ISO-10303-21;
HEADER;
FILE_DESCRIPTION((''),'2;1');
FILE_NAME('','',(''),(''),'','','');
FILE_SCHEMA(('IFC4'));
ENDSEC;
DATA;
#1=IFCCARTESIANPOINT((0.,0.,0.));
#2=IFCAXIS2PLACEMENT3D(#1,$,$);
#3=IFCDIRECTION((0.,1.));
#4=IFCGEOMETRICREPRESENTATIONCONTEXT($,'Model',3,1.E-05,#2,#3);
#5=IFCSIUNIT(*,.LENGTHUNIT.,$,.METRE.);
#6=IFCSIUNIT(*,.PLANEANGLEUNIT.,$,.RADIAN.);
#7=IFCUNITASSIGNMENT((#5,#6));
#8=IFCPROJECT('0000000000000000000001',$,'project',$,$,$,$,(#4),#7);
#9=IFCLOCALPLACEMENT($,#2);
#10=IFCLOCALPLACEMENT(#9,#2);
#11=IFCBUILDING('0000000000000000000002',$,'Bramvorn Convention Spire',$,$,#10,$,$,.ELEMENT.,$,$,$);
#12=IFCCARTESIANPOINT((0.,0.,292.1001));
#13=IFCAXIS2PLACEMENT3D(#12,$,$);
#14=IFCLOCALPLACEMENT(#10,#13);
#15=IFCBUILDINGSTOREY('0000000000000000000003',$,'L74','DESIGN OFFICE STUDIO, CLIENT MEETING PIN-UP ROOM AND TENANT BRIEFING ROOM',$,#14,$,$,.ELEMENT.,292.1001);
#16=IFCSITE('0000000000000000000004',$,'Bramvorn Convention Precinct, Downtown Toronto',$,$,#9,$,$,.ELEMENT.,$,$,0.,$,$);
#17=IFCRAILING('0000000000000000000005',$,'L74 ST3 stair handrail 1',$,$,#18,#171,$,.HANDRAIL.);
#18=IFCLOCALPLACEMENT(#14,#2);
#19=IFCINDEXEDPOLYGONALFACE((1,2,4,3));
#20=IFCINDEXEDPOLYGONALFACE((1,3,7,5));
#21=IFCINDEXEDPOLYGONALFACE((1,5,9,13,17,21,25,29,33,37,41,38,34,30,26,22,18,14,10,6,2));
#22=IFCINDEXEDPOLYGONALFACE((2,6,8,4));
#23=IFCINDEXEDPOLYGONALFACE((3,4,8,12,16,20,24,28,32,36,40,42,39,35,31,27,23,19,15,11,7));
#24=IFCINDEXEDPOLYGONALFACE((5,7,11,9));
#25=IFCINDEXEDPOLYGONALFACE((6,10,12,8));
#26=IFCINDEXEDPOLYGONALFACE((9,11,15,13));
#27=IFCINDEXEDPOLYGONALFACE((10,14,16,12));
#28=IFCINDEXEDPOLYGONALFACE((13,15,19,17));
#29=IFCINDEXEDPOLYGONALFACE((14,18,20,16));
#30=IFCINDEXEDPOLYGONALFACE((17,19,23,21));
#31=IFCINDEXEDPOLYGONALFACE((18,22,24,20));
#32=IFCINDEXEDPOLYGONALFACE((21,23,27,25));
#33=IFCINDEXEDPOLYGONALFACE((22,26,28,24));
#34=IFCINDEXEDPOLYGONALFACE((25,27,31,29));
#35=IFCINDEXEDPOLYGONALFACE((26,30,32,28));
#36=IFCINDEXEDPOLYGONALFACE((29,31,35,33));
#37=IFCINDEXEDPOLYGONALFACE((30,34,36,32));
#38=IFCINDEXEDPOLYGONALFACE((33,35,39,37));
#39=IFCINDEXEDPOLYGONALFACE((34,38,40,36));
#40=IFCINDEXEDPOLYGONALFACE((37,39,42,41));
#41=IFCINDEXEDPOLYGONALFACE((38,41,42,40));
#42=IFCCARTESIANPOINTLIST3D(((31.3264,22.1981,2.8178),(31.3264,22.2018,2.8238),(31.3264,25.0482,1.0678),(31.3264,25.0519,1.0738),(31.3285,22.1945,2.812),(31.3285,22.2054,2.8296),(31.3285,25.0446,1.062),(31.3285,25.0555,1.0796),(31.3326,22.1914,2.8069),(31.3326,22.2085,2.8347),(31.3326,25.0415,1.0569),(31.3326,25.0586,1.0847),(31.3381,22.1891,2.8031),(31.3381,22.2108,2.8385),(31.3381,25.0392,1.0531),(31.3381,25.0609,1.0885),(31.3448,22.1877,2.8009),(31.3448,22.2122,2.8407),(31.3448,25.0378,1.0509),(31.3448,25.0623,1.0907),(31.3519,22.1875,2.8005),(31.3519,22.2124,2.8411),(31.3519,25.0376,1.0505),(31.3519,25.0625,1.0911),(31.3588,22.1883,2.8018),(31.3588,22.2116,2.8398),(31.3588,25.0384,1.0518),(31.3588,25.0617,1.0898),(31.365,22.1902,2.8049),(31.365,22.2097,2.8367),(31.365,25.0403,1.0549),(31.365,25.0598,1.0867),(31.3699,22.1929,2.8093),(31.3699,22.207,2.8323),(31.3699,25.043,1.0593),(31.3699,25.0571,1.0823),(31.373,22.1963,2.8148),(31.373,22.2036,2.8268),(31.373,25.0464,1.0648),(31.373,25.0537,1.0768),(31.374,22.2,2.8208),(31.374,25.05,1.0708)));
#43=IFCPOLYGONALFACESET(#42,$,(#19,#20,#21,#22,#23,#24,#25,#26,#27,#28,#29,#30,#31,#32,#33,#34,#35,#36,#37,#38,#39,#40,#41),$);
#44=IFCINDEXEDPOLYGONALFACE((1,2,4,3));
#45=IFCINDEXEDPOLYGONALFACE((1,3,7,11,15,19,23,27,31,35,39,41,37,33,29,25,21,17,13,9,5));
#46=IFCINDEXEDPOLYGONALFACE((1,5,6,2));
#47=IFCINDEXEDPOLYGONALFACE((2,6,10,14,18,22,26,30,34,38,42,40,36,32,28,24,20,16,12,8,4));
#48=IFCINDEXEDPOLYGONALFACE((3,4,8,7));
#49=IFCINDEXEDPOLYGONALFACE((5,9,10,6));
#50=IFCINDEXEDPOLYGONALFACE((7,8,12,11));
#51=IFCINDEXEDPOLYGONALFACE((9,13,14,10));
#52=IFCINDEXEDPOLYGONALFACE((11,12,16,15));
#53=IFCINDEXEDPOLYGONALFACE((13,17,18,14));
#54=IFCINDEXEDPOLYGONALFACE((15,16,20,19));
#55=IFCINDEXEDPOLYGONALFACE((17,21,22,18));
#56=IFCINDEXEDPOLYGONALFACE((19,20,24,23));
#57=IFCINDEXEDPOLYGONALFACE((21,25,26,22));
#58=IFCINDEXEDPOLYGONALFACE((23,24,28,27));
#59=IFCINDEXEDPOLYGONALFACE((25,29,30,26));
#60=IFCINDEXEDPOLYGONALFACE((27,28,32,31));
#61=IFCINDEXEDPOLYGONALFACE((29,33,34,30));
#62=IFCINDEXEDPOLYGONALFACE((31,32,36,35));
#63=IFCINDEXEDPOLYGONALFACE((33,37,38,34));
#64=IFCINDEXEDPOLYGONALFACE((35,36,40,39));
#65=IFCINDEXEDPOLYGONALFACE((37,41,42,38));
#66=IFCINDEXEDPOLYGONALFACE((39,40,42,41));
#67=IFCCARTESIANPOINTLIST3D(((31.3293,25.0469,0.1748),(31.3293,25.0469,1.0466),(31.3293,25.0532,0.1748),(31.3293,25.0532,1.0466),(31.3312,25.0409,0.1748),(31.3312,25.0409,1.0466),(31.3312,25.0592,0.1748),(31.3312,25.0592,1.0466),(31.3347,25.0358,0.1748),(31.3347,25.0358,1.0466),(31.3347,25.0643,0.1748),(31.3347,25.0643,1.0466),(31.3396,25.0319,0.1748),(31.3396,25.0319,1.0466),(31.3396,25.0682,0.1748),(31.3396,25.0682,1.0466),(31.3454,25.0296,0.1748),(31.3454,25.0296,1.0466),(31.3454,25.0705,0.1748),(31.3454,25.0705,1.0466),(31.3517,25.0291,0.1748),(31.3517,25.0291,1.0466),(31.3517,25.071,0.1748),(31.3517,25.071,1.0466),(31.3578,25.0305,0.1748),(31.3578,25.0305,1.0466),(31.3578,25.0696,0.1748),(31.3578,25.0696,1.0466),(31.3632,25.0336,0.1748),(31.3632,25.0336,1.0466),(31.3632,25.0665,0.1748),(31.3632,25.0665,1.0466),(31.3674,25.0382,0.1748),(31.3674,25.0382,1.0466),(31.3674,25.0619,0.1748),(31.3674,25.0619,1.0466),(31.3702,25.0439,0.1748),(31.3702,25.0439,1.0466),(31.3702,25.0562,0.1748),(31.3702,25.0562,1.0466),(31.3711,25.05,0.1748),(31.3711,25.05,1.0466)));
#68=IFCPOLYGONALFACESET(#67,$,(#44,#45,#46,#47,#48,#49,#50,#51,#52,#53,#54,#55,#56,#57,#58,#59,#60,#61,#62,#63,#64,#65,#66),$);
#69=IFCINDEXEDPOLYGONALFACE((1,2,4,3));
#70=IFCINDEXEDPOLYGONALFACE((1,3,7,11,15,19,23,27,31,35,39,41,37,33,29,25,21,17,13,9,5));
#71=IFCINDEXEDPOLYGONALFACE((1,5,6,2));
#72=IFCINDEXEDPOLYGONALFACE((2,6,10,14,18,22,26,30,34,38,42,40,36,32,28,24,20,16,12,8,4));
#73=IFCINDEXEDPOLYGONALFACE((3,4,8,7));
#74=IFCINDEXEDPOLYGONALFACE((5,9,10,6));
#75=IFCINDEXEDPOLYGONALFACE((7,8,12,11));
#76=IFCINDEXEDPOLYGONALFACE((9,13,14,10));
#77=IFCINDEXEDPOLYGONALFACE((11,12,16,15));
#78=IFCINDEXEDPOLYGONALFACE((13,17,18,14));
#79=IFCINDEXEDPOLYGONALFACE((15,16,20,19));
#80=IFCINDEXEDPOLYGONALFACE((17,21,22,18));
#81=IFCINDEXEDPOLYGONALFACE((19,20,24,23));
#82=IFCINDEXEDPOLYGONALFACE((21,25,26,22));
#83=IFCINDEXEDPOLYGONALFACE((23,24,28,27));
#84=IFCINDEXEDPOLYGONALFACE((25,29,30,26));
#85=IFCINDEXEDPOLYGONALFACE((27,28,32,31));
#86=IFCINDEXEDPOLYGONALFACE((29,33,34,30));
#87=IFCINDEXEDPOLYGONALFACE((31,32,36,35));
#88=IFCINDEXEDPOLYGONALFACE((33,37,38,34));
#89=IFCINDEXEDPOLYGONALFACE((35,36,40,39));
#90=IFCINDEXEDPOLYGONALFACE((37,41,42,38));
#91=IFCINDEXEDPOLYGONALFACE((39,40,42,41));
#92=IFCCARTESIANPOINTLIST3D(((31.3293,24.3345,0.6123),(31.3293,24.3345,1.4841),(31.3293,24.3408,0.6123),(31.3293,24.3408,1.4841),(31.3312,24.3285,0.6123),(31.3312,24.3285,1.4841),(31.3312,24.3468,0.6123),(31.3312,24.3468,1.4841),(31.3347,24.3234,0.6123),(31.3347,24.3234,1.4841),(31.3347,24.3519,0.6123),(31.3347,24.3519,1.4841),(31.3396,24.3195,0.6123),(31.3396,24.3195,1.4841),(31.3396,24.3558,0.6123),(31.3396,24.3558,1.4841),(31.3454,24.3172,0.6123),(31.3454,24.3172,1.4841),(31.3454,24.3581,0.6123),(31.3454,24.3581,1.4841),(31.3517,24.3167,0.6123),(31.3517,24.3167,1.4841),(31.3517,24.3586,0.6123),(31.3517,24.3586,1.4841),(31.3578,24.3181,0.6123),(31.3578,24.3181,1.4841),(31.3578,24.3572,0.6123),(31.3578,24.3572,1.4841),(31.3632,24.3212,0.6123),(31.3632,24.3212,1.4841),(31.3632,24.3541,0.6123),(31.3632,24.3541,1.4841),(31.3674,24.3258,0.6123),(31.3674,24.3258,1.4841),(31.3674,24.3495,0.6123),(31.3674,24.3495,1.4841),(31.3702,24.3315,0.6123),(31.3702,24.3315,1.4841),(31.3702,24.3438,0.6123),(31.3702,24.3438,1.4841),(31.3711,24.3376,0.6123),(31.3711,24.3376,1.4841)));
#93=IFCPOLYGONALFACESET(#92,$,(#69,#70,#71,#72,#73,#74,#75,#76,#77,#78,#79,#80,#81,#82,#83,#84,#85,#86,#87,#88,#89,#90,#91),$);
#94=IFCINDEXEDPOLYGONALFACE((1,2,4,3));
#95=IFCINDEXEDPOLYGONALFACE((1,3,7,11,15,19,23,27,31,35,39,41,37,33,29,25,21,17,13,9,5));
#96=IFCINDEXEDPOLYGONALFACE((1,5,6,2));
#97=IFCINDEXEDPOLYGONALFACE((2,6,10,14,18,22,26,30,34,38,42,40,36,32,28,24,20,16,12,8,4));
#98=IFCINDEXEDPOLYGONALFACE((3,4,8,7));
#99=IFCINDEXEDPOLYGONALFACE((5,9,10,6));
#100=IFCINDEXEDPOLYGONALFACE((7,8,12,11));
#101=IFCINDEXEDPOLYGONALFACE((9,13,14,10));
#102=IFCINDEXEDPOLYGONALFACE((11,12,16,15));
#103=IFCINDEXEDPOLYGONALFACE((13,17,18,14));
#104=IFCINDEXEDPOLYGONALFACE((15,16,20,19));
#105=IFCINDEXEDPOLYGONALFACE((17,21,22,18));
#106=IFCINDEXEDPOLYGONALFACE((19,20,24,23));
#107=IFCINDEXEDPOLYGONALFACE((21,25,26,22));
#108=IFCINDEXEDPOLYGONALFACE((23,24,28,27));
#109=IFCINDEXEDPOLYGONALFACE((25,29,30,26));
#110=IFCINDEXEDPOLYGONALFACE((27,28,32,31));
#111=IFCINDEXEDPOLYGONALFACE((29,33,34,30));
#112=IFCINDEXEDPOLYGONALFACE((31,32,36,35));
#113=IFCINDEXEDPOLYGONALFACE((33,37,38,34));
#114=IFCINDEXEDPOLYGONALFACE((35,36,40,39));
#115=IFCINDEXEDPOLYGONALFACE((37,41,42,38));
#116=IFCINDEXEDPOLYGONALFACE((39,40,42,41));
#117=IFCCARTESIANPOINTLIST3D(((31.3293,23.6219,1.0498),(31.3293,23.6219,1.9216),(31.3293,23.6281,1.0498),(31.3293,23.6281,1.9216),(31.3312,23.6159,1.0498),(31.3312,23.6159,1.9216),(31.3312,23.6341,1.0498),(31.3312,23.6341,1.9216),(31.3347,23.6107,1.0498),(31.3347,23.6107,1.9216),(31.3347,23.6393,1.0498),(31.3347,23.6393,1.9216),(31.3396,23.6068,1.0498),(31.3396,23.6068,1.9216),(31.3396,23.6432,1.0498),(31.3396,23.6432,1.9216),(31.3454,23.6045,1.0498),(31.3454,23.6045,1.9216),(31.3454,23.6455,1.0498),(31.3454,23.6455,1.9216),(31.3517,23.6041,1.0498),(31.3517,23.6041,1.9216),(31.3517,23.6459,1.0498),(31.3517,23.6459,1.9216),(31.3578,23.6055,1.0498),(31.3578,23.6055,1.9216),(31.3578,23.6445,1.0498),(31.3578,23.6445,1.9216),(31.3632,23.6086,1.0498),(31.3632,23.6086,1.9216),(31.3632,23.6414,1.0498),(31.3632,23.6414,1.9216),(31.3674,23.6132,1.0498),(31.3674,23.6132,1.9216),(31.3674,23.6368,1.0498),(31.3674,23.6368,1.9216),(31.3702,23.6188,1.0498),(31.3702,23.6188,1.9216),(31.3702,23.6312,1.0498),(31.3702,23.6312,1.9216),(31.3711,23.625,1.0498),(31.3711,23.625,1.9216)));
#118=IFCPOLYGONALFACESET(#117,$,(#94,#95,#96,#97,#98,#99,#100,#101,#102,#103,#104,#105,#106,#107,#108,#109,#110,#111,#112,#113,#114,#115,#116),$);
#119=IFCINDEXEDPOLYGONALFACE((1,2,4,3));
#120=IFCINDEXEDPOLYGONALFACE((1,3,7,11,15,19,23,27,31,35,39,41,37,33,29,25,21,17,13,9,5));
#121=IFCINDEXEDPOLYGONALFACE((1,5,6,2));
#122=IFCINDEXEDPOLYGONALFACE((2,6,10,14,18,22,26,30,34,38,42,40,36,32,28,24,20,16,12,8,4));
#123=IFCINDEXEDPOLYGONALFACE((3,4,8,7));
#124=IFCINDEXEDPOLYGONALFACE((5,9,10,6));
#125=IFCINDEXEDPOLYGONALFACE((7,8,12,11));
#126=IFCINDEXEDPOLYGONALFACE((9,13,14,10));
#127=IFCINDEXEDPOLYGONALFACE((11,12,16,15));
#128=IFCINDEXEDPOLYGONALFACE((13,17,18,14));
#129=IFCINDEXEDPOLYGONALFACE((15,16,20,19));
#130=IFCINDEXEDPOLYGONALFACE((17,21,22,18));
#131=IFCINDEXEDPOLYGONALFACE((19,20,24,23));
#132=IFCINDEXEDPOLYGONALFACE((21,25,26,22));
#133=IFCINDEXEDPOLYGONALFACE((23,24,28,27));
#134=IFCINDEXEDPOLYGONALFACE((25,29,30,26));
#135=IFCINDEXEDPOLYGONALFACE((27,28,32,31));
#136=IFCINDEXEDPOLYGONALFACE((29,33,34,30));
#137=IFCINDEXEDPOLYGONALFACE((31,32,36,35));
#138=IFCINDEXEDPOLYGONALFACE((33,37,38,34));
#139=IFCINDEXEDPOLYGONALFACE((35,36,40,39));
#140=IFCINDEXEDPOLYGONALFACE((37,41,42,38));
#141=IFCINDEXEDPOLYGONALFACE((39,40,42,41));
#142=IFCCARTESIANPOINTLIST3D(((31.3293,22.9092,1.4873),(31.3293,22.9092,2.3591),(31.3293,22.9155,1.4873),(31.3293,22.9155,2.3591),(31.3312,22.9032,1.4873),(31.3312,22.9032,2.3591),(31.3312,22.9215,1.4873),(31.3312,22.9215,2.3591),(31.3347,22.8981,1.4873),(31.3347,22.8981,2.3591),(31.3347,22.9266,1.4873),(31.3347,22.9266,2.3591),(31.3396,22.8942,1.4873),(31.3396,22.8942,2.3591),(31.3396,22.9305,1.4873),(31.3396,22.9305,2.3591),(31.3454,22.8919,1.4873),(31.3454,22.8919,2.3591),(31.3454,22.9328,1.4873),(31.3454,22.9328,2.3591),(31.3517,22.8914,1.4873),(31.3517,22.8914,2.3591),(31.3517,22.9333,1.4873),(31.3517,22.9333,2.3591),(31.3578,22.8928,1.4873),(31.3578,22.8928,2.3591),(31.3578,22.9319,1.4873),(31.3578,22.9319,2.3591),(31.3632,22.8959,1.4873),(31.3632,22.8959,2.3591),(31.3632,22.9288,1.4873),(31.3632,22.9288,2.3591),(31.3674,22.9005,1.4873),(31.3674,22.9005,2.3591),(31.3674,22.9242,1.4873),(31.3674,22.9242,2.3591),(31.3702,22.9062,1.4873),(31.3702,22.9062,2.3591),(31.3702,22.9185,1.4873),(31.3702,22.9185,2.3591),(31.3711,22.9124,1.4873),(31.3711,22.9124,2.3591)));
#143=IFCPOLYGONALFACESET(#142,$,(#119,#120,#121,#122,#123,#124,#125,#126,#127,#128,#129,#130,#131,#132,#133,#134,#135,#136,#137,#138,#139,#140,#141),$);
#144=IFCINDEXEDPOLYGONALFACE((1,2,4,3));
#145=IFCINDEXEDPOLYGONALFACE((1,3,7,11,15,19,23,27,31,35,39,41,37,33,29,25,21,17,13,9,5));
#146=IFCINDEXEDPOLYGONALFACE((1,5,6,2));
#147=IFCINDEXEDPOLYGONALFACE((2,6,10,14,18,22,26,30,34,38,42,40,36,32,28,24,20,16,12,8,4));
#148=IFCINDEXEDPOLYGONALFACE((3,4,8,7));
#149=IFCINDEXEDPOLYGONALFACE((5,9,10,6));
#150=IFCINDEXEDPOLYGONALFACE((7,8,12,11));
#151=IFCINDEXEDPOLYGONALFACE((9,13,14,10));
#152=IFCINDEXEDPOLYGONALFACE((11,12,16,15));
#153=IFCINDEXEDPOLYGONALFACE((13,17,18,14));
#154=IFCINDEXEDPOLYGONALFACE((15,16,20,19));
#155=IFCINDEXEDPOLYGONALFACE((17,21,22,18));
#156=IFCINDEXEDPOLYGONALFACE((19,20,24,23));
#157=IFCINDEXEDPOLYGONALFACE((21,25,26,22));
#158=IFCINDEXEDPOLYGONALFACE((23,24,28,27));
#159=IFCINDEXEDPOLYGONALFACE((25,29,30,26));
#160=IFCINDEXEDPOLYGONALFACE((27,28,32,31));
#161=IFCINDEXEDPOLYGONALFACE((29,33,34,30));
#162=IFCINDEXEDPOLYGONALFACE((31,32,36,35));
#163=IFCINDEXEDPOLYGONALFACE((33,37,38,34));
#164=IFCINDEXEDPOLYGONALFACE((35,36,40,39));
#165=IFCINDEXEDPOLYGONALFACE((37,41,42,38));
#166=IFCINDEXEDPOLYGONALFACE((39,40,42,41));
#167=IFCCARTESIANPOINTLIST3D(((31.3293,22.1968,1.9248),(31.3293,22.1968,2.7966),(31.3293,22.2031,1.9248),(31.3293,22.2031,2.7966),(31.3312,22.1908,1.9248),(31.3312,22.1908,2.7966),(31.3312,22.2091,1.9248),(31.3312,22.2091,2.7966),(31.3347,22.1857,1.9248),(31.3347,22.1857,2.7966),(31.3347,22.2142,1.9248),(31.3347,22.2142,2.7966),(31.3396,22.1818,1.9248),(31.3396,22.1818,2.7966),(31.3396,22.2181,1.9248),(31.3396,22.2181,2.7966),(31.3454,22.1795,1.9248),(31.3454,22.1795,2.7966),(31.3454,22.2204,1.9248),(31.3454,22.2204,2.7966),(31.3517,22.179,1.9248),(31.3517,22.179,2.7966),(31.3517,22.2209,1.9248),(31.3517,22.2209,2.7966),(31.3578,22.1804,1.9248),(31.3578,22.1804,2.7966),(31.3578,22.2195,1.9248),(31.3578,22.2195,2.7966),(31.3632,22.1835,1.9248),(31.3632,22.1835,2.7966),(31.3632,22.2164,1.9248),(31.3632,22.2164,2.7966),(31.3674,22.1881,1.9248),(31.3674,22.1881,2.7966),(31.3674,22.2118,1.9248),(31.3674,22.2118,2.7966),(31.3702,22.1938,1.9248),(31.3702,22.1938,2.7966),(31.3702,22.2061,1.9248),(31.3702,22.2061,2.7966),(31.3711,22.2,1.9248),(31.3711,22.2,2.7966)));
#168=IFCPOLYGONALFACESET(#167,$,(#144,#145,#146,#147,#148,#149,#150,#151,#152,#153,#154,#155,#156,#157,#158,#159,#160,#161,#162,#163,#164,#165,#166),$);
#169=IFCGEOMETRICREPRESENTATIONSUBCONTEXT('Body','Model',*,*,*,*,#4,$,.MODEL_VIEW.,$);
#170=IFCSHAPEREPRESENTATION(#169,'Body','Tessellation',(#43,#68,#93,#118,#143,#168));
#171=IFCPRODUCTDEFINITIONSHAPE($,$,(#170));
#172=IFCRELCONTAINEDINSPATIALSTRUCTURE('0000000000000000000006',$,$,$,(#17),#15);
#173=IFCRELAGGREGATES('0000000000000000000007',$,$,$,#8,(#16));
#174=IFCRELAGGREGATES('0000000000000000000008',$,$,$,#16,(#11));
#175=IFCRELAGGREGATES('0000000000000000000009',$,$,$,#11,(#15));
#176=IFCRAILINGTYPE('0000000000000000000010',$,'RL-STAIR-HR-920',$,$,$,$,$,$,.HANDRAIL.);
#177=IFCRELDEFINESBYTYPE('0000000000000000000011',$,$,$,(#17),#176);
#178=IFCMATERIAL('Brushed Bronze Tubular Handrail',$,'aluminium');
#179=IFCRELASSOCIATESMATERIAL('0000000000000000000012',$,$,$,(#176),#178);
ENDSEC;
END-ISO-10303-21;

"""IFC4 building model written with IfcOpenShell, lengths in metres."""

from ifc_helpers import new_model, si_unit, direction, frame, origin, origin_2d, place, context, subcontext, project, spatial, circle, extrude, material, type_object, element, save


model = new_model("IFC4")

# Units and contexts
model_context = context("Model", 3, precision=1e-05, world=origin(), true_north=direction((0.0, 1.0)))
body_context = subcontext(model_context, "Body", "Model", "MODEL_VIEW")
ifc_project = project(units=[si_unit("LENGTHUNIT", "METRE"), si_unit("PLANEANGLEUNIT", "RADIAN")], contexts=[model_context])

# Site, building, storey
site_placement = place(None, origin())
site = spatial("IfcSite", under=ifc_project, at=site_placement, Name="Bramvorn Convention Precinct, Downtown Toronto", CompositionType="ELEMENT", RefElevation=0.0)
building_placement = place(site_placement, origin())
building = spatial("IfcBuilding", under=site, at=building_placement, Name="Bramvorn Convention Spire", CompositionType="ELEMENT")
storey_placement = place(building_placement, frame((0.0, 0.0, 292.1001)))
storey = spatial("IfcBuildingStorey", under=building, at=storey_placement, Name="L74", Description="DESIGN OFFICE STUDIO, CLIENT MEETING PIN-UP ROOM AND TENANT BRIEFING ROOM", CompositionType="ELEMENT", Elevation=292.1001)

# Railing
ifc_material_1 = material(Name="Brushed Bronze Tubular Handrail", Category="aluminium")
railing_type_1 = type_object("IfcRailingType", Name="RL-STAIR-HR-920", PredefinedType="HANDRAIL", material=ifc_material_1)
railing_1_placement = place(storey_placement, frame((31.3501, 25.05, 0.1748)))
element("IfcRailing", 1, at=railing_1_placement, inside=storey, type_object=railing_type_1, Name="L74 ST3 stair handrail 1", PredefinedType="HANDRAIL", context=body_context, shape_type="SweptSolid", body=[
    extrude(circle(Radius=0.0239, at=origin_2d()), frame((0.0, 0.0, 0.896), z_axis=(0.0, -0.852179, 0.52325), x_axis=(1.0, 0.0, 0.0)), (0.0, 0.0, 1.0), 3.3445),
    extrude(circle(Radius=0.021, at=origin_2d()), origin(), (0.0, 0.0, 1.0), 0.8718),
    extrude(circle(Radius=0.021, at=origin_2d()), frame((0.0, -0.7124, 0.4375)), (0.0, 0.0, 1.0), 0.8718),
    extrude(circle(Radius=0.021, at=origin_2d()), frame((0.0, -1.425, 0.875)), (0.0, 0.0, 1.0), 0.8718),
    extrude(circle(Radius=0.021, at=origin_2d()), frame((0.0, -2.1377, 1.3125)), (0.0, 0.0, 1.0), 0.8718),
    extrude(circle(Radius=0.021, at=origin_2d()), frame((0.0, -2.8501, 1.75)), (0.0, 0.0, 1.0), 0.8718),
])

save(model, "model.ifc")
